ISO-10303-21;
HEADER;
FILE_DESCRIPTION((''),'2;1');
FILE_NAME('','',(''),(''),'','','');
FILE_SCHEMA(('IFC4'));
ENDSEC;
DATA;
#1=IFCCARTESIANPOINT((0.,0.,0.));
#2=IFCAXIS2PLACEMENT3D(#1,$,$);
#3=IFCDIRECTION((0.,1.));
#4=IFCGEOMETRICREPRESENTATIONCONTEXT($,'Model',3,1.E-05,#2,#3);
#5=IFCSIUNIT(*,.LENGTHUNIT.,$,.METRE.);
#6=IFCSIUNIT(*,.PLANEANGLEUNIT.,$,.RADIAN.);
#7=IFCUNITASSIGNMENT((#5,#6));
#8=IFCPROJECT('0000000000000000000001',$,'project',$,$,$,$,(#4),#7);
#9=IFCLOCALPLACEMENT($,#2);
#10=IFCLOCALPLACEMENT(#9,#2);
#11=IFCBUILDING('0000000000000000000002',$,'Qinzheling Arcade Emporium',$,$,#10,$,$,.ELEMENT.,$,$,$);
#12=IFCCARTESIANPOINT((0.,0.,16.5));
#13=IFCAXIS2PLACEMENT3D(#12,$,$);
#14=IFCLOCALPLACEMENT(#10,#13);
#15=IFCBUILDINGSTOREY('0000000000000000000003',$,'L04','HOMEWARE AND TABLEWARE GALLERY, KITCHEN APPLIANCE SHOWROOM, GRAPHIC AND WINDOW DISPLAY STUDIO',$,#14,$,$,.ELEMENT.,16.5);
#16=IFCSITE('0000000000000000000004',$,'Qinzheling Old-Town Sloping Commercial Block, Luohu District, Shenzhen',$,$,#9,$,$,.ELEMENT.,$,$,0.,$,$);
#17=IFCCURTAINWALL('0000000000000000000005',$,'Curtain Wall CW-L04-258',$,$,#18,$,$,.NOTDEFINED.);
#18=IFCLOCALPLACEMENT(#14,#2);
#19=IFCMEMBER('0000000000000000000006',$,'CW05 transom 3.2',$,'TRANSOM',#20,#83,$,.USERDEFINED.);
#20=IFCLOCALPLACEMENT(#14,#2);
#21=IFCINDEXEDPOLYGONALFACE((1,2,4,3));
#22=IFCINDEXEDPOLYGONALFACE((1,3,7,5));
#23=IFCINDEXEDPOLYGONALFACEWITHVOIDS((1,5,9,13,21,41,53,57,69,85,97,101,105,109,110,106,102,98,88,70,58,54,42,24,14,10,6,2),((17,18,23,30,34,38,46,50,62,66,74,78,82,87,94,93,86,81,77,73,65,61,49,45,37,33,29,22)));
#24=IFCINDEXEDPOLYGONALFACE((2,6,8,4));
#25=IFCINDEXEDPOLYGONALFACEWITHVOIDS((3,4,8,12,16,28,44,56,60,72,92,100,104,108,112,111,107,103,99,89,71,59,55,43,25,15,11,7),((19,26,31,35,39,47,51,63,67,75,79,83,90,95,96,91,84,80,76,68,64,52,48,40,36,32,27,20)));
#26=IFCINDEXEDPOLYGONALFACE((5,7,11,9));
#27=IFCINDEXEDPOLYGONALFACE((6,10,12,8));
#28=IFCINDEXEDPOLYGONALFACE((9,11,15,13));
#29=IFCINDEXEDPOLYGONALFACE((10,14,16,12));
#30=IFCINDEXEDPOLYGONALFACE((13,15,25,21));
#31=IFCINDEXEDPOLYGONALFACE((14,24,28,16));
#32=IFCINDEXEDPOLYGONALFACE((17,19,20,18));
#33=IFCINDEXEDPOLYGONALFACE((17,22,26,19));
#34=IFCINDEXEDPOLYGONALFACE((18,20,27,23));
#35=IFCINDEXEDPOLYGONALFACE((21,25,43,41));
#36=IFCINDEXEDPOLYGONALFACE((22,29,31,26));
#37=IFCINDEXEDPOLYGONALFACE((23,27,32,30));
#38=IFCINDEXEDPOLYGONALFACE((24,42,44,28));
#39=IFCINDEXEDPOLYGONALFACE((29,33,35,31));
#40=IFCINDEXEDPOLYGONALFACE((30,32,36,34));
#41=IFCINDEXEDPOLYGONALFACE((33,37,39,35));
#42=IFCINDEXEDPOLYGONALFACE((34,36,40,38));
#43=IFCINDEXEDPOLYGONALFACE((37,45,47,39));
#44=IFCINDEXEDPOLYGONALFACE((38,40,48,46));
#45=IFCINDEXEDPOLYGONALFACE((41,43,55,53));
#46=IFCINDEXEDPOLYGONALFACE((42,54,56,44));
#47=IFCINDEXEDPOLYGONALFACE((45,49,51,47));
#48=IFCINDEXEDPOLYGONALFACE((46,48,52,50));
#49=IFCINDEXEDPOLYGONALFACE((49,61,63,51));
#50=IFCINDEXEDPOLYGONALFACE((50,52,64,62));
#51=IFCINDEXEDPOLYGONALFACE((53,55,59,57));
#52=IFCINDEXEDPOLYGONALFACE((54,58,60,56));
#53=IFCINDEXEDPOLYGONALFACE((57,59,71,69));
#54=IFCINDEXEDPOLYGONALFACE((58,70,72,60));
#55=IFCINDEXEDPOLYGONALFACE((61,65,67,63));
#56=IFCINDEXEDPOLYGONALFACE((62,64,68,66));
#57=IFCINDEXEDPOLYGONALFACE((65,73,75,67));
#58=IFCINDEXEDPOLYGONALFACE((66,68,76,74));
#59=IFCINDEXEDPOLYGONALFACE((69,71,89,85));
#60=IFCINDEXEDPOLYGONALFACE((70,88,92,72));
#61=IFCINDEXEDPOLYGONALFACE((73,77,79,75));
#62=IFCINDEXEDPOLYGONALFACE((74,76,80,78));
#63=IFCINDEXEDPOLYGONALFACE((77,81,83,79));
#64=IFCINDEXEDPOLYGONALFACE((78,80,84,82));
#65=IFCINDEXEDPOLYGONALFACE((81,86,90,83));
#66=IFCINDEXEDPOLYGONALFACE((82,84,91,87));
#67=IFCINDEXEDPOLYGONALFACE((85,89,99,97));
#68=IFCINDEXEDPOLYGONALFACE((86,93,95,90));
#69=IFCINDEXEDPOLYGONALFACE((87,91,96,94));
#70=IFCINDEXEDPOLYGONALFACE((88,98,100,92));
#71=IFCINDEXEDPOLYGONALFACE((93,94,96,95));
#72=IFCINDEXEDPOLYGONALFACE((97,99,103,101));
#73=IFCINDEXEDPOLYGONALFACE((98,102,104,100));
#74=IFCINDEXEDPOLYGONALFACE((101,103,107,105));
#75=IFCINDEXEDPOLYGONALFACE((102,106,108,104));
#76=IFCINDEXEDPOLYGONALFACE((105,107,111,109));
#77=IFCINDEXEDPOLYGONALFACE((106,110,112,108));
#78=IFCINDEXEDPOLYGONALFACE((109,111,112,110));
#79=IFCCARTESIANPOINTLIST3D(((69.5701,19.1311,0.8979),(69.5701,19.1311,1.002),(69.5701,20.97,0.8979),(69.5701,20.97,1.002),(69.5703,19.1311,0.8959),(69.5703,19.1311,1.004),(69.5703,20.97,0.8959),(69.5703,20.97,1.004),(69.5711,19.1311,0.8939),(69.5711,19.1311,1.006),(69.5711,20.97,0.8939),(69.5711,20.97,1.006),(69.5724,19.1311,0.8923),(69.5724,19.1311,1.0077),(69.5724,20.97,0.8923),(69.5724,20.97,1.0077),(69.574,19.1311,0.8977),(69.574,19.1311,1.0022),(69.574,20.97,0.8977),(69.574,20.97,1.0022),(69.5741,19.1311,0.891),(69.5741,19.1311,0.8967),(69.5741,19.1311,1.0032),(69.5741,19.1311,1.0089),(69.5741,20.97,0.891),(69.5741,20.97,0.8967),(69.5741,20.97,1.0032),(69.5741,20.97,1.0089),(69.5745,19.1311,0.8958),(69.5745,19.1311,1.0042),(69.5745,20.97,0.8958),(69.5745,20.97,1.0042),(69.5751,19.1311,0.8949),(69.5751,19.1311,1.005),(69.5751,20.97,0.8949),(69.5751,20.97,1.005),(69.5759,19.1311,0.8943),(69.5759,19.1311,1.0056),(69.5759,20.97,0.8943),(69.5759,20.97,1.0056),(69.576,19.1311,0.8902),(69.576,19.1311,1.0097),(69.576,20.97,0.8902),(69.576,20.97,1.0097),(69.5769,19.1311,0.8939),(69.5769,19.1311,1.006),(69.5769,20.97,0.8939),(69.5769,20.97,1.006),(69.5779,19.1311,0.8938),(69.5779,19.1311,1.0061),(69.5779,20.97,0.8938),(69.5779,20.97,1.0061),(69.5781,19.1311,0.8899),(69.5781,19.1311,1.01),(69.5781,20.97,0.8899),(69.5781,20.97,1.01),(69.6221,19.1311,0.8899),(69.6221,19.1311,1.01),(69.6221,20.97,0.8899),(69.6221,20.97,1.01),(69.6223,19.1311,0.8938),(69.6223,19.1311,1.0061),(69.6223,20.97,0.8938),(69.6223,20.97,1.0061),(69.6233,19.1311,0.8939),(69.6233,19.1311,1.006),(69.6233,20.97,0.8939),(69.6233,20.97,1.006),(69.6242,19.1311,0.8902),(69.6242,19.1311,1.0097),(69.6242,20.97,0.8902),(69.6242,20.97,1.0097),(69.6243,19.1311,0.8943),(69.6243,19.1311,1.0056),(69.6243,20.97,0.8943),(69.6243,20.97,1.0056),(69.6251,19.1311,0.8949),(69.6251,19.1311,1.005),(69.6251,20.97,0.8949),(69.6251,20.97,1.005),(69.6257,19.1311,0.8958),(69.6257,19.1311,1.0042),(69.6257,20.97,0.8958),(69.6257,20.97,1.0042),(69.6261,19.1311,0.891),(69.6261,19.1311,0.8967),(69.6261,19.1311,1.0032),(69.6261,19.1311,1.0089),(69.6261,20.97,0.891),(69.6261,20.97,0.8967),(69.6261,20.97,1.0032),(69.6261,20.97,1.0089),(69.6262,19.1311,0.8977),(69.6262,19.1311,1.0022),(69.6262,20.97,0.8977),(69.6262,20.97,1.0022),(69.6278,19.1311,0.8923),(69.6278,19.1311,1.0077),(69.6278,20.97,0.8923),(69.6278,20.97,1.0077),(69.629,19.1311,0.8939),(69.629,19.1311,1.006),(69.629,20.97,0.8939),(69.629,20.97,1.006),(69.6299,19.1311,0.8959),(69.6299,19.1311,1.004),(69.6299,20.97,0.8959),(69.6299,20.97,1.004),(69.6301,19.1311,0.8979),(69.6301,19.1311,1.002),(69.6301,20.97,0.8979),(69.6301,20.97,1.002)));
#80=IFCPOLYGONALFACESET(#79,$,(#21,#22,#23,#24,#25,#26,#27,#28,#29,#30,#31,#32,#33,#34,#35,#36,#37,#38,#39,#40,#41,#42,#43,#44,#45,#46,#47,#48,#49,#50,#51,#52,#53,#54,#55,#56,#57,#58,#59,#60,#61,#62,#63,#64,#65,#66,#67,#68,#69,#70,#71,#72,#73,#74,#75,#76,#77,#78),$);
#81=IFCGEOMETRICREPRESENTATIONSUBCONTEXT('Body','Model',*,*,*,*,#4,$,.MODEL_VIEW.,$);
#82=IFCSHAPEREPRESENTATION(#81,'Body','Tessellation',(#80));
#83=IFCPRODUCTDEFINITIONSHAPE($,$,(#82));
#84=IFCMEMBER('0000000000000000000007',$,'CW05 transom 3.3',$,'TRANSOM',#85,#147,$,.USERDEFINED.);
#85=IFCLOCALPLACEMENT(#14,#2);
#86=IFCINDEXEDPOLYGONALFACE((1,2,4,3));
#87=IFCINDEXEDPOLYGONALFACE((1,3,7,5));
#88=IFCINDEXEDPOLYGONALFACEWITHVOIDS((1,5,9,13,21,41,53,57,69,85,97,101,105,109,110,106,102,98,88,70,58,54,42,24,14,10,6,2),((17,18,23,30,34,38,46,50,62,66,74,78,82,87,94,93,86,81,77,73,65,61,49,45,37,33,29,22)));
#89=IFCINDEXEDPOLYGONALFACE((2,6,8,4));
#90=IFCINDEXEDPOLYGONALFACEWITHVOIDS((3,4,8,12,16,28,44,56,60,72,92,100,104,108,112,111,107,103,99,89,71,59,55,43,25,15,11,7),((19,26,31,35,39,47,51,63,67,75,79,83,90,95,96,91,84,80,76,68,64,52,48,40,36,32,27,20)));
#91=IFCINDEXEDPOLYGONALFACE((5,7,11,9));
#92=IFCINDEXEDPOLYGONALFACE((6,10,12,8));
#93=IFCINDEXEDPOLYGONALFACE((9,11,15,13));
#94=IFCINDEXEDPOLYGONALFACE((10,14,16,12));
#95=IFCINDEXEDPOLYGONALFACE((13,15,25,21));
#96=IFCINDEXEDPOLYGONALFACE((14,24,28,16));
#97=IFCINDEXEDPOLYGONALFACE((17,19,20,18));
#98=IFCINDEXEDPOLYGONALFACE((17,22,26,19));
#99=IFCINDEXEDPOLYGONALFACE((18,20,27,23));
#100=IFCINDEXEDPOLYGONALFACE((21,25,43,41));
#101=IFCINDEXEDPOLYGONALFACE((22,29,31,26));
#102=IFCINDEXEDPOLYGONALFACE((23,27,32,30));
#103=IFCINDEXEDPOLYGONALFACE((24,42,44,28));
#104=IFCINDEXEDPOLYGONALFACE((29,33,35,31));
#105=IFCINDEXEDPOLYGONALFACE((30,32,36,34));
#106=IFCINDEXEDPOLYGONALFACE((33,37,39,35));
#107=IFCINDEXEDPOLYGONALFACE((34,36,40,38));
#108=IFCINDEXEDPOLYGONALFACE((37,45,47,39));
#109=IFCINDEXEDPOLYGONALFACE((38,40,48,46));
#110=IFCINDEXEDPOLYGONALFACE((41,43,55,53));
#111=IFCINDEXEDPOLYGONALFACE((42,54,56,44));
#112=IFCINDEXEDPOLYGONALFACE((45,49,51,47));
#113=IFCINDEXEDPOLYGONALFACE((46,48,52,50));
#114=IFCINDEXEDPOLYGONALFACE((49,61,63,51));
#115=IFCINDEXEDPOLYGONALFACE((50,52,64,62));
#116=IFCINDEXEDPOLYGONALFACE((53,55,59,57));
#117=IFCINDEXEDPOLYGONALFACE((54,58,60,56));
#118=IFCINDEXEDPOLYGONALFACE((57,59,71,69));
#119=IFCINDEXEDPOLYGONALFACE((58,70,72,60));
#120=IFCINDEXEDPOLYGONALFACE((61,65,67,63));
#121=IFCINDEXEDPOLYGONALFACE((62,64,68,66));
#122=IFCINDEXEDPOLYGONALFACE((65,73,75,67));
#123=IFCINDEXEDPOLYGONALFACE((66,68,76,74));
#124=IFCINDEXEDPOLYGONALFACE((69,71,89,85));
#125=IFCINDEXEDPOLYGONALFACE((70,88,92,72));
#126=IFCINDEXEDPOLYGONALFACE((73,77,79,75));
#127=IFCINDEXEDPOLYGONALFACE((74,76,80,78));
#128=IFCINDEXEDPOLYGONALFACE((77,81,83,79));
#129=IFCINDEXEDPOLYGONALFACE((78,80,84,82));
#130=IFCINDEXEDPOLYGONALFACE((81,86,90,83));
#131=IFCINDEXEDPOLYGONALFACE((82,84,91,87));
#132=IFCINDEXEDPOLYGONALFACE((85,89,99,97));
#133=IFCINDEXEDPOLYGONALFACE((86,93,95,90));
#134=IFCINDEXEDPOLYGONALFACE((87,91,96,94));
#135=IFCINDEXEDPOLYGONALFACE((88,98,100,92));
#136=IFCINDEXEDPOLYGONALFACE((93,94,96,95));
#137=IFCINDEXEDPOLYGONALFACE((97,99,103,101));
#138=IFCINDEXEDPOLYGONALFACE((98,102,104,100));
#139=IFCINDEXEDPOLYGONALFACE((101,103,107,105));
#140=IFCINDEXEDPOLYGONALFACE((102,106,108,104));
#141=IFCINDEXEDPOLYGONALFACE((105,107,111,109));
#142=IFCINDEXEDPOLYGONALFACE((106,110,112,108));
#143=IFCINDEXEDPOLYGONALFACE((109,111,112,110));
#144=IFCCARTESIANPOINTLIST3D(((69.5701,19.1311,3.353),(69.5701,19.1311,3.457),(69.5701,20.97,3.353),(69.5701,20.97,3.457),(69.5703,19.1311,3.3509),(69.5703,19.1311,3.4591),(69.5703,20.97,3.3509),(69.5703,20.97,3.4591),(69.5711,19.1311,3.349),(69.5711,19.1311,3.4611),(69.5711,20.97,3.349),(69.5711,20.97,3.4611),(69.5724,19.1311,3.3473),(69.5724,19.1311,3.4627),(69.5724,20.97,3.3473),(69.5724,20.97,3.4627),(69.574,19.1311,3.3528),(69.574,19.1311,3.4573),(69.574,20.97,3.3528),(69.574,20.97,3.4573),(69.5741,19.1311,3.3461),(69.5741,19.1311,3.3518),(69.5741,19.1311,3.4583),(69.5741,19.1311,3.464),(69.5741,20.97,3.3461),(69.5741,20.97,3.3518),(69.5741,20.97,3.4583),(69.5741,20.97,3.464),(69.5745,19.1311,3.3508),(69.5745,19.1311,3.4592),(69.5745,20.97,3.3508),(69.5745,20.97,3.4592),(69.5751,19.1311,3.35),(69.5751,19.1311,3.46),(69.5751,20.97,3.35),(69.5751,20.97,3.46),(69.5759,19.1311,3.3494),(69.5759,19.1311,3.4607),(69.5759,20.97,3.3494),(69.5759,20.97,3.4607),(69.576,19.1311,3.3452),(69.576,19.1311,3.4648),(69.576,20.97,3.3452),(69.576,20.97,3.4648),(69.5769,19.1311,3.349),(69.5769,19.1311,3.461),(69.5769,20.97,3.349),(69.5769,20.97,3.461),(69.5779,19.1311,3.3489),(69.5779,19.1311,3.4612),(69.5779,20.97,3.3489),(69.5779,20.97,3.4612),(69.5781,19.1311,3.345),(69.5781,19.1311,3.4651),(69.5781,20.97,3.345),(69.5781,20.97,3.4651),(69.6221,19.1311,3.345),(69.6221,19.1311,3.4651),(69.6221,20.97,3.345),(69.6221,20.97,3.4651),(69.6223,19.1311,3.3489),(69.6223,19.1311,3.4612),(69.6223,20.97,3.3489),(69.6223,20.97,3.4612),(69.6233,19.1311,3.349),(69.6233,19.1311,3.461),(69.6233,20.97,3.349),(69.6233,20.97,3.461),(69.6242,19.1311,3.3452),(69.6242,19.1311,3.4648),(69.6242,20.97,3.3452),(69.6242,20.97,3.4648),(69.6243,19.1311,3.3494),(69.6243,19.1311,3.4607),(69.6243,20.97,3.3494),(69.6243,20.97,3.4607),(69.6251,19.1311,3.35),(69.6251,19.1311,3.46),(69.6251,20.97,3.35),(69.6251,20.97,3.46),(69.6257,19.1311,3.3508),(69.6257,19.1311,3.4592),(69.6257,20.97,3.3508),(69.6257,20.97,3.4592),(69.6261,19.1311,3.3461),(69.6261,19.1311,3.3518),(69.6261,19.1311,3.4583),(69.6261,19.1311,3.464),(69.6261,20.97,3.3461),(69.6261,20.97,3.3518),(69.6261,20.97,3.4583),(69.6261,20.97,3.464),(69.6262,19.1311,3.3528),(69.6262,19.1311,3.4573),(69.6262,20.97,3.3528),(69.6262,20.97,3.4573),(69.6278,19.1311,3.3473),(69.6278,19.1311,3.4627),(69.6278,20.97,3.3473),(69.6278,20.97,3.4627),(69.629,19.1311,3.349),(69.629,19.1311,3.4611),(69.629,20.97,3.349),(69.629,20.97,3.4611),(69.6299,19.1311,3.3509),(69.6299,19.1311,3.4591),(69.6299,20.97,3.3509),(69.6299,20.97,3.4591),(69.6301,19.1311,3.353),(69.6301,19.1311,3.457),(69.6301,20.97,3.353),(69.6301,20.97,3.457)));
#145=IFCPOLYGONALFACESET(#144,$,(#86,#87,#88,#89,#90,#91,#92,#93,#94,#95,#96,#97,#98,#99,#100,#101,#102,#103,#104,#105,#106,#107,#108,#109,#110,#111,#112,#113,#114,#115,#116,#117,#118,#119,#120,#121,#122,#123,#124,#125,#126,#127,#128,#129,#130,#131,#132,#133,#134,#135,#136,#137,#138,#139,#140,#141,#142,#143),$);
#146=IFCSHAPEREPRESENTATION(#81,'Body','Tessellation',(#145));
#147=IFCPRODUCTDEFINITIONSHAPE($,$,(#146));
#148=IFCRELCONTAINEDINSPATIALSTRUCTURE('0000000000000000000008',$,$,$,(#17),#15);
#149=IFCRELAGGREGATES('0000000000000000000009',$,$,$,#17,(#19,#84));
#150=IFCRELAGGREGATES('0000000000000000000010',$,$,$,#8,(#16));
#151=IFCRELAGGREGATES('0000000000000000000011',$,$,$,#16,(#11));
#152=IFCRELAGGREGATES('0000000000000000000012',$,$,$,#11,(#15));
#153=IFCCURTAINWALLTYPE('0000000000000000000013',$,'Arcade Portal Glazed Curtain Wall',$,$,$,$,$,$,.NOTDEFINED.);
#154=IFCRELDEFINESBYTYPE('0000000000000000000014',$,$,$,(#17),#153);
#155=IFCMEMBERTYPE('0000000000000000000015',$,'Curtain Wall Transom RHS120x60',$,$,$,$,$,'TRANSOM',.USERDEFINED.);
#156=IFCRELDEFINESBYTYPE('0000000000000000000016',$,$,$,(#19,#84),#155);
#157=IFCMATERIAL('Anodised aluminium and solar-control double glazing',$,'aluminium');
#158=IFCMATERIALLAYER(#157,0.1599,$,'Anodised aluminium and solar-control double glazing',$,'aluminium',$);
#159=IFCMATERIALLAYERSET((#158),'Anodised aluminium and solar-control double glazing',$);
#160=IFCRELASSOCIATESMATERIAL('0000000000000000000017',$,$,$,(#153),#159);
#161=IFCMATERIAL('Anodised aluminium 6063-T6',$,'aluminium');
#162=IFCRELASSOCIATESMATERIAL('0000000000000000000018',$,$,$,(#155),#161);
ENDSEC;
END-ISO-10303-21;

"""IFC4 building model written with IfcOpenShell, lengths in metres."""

from ifc_helpers import new_model, si_unit, direction, frame, origin, origin_2d, place, context, subcontext, project, spatial, hollow_rectangle, extrude, material, layer, layer_set, material_profile, profile_set, type_object, element, aggregate, save


model = new_model("IFC4")

# Units and contexts
model_context = context("Model", 3, precision=1e-05, world=origin(), true_north=direction((0.0, 1.0)))
body_context = subcontext(model_context, "Body", "Model", "MODEL_VIEW")
ifc_project = project(units=[si_unit("LENGTHUNIT", "METRE"), si_unit("PLANEANGLEUNIT", "RADIAN")], contexts=[model_context])

# Site, building, storey
site_placement = place(None, origin())
site = spatial("IfcSite", under=ifc_project, at=site_placement, Name="Qinzheling Old-Town Sloping Commercial Block, Luohu District, Shenzhen", CompositionType="ELEMENT", RefElevation=0.0)
building_placement = place(site_placement, origin())
building = spatial("IfcBuilding", under=site, at=building_placement, Name="Qinzheling Arcade Emporium", CompositionType="ELEMENT")
storey_placement = place(building_placement, frame((0.0, 0.0, 16.5)))
storey = spatial("IfcBuildingStorey", under=building, at=storey_placement, Name="L04", Description="HOMEWARE AND TABLEWARE GALLERY, KITCHEN APPLIANCE SHOWROOM, GRAPHIC AND WINDOW DISPLAY STUDIO", CompositionType="ELEMENT", Elevation=16.5)

# Curtain wall
ifc_material_1 = material(Name="Anodised aluminium and solar-control double glazing", Category="aluminium")
ifc_layer_1 = layer(ifc_material_1, 0.1599, Name="Anodised aluminium and solar-control double glazing", Category="aluminium")
ifc_layer_set_1 = layer_set([ifc_layer_1], Name="Anodised aluminium and solar-control double glazing")
curtain_wall_type = type_object("IfcCurtainWallType", Name="Arcade Portal Glazed Curtain Wall", PredefinedType="NOTDEFINED", material=ifc_layer_set_1)
curtain_wall_1_placement = place(storey_placement, origin())
curtain_wall_1 = element("IfcCurtainWall", 1, at=curtain_wall_1_placement, inside=storey, type_object=curtain_wall_type, Name="Curtain Wall CW-L04-258", PredefinedType="NOTDEFINED")
ifc_material_2 = material(Name="Anodised aluminium 6063-T6", Category="aluminium")

# Members
ifc_material_profile_1 = material_profile(ifc_material_2, hollow_rectangle(XDim=0.0601, YDim=0.1201, WallThickness=0.0039, InnerFilletRadius=0.0039, OuterFilletRadius=0.0081, at=origin_2d()), Name="RHS 120x60x4", Category="aluminium")
ifc_profile_set_1 = profile_set([ifc_material_profile_1], Name="Anodised aluminium 6063-T6")
member_type_1 = type_object("IfcMemberType", Name="Curtain Wall Transom RHS120x60", ElementType="TRANSOM", PredefinedType="USERDEFINED", material=ifc_profile_set_1)
member_1_placement = place(storey_placement, frame((69.6001, 20.97, 0.95), z_axis=(0.0, -1.0, 0.0), x_axis=(1.0, 0.0, 0.0)))
member_1 = element("IfcMember", 2, at=member_1_placement, type_object=member_type_1, Name="CW05 transom 3.2", ObjectType="TRANSOM", PredefinedType="USERDEFINED", context=body_context, shape_type="SweptSolid", body=[
    extrude(hollow_rectangle(XDim=0.0601, YDim=0.1201, WallThickness=0.0039, InnerFilletRadius=0.0039, OuterFilletRadius=0.0081, at=origin_2d()), origin(), (0.0, 0.0, 1.0), 1.8389),
])
member_2_placement = place(storey_placement, frame((69.6001, 20.97, 3.405), z_axis=(0.0, -1.0, 0.0), x_axis=(1.0, 0.0, 0.0)))
member_2 = element("IfcMember", 3, at=member_2_placement, type_object=member_type_1, Name="CW05 transom 3.3", ObjectType="TRANSOM", PredefinedType="USERDEFINED", context=body_context, shape_type="SweptSolid", body=[
    extrude(hollow_rectangle(XDim=0.0601, YDim=0.1201, WallThickness=0.0039, InnerFilletRadius=0.0039, OuterFilletRadius=0.0081, at=origin_2d()), origin(), (0.0, 0.0, 1.0), 1.8389),
])

aggregate(curtain_wall_1, [member_1, member_2])

save(model, "model.ifc")
